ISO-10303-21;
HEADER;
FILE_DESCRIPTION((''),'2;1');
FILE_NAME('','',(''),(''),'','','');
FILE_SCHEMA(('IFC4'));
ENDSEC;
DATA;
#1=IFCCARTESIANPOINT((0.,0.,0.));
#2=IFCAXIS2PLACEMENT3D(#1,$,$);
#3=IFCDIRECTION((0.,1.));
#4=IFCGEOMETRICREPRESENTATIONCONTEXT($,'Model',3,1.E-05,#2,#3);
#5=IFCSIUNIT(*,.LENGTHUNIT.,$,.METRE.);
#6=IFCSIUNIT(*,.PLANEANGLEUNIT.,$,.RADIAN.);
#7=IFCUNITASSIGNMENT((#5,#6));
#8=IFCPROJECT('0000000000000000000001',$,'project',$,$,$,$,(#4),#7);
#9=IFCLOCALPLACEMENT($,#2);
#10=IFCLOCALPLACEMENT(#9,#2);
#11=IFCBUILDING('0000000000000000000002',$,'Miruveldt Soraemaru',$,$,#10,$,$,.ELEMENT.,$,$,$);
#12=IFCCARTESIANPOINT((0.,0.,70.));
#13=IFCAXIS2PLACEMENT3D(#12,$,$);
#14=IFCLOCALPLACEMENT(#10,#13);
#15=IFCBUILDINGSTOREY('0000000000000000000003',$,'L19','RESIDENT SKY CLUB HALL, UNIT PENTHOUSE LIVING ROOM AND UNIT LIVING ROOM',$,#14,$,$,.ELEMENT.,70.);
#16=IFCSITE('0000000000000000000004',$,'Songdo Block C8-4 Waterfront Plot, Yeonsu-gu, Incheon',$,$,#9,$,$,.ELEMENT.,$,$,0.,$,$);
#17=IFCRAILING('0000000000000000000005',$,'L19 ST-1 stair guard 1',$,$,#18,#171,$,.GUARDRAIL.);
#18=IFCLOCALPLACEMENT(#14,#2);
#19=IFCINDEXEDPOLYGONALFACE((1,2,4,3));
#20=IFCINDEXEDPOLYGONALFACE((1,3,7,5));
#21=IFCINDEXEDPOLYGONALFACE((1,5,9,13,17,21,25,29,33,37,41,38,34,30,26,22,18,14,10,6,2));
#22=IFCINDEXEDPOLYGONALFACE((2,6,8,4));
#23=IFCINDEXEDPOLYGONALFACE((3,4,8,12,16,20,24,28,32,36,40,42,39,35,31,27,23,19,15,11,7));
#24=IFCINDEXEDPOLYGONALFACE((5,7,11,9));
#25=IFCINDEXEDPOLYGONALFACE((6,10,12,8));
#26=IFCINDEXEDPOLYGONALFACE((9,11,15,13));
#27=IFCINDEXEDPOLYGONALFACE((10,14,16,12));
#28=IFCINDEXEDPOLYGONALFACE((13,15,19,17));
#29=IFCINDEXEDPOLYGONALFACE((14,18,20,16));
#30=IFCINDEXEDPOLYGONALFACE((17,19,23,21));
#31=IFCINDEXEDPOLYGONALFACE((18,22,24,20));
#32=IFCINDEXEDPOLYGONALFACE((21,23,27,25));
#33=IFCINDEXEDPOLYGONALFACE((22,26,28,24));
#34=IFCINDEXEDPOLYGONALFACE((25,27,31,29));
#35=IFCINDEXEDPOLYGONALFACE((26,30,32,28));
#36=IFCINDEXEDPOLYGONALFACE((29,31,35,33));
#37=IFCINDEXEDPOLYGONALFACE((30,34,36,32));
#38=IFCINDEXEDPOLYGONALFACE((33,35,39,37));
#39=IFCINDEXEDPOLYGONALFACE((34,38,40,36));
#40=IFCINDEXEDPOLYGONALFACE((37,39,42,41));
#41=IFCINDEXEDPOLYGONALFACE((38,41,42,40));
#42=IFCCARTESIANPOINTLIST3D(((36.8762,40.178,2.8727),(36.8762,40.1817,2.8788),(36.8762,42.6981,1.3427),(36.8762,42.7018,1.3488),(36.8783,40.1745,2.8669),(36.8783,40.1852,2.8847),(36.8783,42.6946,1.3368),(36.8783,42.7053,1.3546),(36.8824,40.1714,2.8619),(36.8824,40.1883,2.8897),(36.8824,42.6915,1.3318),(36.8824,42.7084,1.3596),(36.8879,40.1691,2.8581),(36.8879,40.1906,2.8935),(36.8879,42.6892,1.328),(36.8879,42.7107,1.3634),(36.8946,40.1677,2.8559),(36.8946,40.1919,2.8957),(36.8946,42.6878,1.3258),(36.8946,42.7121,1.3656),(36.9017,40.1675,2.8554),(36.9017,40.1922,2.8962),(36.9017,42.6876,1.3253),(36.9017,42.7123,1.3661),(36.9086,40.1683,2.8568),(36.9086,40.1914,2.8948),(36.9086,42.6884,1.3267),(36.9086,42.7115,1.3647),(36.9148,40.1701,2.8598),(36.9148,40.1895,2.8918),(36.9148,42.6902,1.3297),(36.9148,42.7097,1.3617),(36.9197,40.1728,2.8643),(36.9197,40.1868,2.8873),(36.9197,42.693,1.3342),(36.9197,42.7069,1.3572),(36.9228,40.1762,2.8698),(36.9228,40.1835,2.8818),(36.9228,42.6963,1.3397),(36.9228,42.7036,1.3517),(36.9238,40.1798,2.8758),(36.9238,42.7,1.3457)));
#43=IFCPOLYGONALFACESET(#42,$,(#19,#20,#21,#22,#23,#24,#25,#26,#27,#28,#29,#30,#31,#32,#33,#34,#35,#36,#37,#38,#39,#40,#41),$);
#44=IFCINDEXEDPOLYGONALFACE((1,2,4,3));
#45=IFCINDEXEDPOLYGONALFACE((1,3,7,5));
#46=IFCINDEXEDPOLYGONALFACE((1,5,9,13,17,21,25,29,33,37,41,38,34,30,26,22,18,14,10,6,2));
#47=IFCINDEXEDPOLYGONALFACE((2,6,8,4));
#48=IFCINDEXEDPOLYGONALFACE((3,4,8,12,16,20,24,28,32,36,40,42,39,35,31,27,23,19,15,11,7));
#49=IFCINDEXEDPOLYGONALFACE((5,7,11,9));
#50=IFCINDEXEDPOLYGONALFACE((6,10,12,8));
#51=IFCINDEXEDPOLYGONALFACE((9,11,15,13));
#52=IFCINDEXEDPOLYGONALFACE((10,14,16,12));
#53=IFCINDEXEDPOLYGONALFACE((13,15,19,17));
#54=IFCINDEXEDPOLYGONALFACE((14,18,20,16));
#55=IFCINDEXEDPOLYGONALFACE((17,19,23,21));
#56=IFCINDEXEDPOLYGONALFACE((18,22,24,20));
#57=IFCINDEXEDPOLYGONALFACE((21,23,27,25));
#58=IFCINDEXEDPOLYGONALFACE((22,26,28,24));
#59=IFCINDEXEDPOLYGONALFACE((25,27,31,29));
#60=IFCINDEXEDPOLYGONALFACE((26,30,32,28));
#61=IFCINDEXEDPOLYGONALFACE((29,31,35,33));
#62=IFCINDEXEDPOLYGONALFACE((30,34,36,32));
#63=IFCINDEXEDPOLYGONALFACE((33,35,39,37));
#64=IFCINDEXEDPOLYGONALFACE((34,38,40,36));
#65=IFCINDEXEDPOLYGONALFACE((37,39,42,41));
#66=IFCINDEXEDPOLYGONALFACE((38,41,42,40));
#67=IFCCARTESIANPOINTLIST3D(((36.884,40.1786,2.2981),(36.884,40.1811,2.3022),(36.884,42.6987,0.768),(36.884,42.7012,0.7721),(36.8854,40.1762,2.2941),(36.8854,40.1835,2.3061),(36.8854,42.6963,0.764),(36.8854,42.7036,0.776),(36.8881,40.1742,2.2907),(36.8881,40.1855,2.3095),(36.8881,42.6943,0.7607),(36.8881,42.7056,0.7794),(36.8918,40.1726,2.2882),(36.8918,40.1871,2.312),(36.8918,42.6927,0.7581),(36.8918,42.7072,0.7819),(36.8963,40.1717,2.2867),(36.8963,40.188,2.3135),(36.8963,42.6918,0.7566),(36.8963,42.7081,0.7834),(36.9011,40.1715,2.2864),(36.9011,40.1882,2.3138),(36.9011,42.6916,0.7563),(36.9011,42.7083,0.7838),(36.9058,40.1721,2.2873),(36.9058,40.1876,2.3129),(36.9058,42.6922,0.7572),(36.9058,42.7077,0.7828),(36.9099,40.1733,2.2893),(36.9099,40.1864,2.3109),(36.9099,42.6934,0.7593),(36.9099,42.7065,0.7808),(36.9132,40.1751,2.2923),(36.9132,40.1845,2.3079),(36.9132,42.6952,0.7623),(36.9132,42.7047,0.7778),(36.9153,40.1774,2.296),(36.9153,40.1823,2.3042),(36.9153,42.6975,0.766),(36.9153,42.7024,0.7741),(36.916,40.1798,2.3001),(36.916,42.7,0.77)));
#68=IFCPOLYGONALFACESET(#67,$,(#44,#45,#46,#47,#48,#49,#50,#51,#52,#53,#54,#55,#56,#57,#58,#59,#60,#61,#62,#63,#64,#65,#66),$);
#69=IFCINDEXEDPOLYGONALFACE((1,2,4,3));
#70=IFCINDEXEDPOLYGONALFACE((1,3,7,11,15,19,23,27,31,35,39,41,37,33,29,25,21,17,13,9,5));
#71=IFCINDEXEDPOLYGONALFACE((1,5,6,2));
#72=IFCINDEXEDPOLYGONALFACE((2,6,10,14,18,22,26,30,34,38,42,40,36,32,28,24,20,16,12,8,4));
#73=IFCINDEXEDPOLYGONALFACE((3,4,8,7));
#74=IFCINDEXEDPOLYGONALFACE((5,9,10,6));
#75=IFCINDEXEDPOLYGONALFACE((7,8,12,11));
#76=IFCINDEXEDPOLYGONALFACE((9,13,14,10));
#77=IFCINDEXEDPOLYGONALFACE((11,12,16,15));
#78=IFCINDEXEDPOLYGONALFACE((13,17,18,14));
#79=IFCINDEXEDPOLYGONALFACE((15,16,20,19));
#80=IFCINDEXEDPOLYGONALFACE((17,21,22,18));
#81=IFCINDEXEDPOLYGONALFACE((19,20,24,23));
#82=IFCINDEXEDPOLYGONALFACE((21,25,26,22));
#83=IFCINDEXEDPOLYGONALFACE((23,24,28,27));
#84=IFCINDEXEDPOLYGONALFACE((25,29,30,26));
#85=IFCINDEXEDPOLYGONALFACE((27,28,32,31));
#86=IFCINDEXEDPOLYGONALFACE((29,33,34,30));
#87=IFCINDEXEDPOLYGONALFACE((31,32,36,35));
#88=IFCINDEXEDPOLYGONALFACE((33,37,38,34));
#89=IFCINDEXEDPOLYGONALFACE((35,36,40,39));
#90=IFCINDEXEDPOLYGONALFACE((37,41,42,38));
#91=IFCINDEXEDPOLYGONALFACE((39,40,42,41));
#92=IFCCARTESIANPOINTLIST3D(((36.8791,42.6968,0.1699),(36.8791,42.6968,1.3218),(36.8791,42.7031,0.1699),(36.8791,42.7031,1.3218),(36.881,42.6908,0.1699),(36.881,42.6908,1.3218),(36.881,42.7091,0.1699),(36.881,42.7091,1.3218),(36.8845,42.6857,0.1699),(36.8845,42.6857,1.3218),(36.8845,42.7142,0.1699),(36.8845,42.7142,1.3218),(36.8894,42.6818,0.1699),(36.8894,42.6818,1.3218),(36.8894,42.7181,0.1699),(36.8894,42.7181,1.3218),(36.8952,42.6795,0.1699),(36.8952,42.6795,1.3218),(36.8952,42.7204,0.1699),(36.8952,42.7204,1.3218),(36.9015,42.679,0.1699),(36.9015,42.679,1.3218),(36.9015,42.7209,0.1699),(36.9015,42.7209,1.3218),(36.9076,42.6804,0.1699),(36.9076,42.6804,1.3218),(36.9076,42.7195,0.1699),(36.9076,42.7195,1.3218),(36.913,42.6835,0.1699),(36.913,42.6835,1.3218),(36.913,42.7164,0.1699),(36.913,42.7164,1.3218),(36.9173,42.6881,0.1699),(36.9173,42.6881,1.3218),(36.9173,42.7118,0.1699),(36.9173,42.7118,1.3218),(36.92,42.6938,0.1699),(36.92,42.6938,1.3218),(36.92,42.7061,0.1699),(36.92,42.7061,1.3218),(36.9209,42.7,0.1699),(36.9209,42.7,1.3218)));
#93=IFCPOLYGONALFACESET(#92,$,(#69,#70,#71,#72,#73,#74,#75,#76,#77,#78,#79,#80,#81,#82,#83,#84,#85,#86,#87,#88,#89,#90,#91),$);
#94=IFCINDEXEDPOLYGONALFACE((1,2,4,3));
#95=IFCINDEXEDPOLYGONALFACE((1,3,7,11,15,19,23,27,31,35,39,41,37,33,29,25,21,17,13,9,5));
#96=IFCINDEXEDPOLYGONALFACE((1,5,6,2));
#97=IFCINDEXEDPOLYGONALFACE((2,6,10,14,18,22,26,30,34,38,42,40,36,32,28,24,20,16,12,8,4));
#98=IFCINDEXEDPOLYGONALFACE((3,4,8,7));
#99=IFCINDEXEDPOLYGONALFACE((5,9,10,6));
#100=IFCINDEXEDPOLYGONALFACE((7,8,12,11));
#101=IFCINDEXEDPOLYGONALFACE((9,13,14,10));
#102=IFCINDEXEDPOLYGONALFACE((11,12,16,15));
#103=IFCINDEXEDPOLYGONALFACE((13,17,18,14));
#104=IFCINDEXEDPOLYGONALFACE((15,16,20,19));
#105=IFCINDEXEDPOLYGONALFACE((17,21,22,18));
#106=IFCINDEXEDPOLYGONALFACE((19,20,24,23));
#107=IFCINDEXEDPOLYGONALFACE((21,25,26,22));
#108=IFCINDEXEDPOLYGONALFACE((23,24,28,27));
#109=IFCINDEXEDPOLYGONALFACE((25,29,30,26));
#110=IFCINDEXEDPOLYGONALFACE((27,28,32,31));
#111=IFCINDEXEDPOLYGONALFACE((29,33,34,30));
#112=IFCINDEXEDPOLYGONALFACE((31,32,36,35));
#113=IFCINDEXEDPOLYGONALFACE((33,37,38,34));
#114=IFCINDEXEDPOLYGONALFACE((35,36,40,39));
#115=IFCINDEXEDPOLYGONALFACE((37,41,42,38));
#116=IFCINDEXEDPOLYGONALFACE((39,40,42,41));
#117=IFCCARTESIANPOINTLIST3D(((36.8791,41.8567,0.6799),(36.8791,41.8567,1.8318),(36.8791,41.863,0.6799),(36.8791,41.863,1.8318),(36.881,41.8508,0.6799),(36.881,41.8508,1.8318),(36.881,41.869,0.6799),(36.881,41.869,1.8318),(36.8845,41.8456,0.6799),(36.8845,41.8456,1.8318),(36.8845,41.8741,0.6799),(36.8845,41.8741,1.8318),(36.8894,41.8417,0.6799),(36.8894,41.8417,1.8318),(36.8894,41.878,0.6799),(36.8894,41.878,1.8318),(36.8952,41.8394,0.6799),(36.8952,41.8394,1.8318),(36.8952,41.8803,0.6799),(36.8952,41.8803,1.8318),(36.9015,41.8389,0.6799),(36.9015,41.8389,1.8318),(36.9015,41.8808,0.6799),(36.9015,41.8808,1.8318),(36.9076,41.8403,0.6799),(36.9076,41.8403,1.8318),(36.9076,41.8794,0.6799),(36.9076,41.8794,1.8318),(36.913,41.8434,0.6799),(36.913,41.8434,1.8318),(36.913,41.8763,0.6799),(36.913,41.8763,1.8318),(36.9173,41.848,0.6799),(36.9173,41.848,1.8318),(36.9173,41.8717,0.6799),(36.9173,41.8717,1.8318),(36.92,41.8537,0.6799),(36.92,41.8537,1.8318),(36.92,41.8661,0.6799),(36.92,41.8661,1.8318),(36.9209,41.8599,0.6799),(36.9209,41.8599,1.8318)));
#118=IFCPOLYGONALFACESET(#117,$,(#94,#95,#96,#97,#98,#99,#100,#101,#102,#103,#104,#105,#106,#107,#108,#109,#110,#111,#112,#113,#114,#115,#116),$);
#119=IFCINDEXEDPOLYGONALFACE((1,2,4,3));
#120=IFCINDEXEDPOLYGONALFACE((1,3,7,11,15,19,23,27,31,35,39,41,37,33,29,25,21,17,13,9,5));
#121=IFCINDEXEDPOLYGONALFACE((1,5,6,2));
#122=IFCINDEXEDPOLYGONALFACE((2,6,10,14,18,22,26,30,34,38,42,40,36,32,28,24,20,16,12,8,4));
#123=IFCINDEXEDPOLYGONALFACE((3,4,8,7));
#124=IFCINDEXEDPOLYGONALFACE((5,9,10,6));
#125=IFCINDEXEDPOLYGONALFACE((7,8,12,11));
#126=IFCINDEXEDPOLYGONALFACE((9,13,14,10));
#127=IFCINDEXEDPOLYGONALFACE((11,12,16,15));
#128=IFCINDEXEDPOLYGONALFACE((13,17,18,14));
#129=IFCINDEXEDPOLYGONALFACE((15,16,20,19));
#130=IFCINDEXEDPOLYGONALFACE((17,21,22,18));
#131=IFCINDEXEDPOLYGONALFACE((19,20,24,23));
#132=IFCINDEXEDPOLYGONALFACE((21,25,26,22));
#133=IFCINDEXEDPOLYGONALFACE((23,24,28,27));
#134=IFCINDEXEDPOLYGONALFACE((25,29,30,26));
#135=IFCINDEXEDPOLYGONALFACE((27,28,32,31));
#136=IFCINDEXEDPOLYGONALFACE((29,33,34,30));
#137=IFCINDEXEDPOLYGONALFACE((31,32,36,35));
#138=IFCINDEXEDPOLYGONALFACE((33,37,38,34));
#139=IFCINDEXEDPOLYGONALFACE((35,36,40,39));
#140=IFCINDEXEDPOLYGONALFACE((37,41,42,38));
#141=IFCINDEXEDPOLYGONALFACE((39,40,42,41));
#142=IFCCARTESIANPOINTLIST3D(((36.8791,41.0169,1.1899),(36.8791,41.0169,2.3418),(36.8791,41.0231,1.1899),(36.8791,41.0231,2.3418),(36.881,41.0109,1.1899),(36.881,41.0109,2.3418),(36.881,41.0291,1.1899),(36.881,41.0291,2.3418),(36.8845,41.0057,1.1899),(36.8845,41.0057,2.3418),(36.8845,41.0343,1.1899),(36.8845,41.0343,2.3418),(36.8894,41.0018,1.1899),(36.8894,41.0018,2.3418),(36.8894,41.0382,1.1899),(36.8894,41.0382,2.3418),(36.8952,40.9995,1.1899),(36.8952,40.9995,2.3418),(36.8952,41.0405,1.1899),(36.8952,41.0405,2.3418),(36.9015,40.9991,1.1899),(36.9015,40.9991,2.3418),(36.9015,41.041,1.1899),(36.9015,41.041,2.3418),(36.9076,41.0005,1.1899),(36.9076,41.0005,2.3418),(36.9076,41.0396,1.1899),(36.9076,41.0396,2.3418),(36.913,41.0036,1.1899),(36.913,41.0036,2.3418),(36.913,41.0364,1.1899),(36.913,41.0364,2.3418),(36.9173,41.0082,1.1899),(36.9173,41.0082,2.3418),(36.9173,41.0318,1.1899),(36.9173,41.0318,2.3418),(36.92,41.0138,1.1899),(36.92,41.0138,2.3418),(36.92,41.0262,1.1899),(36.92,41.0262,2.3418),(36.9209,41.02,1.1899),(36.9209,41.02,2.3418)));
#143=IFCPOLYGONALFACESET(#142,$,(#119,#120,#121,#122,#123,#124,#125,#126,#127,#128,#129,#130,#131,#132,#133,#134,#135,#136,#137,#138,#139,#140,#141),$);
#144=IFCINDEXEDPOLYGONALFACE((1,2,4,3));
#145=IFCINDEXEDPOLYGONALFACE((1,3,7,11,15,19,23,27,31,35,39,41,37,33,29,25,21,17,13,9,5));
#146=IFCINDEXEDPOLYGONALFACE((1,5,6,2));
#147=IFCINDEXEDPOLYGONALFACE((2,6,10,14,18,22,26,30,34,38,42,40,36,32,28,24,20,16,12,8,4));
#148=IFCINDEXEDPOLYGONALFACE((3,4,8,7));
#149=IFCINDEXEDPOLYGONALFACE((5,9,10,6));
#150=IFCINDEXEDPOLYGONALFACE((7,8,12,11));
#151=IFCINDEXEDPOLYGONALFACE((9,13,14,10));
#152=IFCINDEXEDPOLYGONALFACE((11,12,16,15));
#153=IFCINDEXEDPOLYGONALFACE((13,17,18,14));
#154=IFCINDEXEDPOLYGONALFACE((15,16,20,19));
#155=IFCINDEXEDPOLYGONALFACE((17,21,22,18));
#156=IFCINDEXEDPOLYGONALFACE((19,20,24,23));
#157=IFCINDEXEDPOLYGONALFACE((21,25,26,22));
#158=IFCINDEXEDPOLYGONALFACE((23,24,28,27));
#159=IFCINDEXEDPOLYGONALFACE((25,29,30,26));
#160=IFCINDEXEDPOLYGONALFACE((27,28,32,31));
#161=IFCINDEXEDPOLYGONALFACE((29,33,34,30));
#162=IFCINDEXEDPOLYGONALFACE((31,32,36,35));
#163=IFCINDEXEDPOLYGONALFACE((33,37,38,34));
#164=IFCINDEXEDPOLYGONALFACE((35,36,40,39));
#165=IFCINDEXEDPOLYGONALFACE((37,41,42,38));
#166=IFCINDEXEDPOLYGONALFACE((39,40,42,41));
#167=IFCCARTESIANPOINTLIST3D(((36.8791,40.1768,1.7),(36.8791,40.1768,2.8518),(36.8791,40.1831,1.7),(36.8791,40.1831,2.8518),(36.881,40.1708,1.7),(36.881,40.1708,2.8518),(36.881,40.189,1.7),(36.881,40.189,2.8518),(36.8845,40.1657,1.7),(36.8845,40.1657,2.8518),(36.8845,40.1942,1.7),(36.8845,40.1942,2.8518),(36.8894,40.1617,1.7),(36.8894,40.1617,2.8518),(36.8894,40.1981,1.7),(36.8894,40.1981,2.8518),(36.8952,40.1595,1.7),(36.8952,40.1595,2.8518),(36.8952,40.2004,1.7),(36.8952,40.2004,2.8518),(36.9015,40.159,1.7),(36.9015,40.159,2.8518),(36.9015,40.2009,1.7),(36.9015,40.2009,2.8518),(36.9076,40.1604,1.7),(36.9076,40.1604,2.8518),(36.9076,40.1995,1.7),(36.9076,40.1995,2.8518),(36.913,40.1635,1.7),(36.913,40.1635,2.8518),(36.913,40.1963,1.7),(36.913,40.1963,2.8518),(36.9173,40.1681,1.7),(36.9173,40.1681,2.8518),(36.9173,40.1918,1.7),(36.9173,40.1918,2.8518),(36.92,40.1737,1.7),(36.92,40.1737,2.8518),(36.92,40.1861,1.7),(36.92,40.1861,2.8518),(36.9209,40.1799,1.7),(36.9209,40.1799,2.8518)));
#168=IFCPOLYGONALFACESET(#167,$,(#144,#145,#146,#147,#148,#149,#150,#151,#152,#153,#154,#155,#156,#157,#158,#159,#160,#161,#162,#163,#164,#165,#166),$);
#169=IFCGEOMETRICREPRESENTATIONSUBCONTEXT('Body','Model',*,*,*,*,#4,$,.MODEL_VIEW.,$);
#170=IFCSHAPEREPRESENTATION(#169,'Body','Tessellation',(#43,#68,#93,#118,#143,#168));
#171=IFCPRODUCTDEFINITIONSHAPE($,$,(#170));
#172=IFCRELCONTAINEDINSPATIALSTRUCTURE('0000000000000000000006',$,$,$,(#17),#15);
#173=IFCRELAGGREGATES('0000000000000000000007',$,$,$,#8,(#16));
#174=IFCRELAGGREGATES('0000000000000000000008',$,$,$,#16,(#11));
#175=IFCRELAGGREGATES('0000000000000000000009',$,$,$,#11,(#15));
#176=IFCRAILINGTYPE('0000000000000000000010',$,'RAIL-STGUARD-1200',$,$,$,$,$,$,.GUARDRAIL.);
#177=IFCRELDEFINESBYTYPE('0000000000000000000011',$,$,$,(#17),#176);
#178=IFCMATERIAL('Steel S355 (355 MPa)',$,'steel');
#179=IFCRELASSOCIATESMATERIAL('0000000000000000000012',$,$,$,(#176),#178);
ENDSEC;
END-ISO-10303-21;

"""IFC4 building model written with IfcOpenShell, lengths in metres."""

from ifc_helpers import new_model, si_unit, direction, frame, origin, origin_2d, place, context, subcontext, project, spatial, circle, extrude, material, type_object, element, save


model = new_model("IFC4")

# Units and contexts
model_context = context("Model", 3, precision=1e-05, world=origin(), true_north=direction((0.0, 1.0)))
body_context = subcontext(model_context, "Body", "Model", "MODEL_VIEW")
ifc_project = project(units=[si_unit("LENGTHUNIT", "METRE"), si_unit("PLANEANGLEUNIT", "RADIAN")], contexts=[model_context])

# Site, building, storey
site_placement = place(None, origin())
site = spatial("IfcSite", under=ifc_project, at=site_placement, Name="Songdo Block C8-4 Waterfront Plot, Yeonsu-gu, Incheon", CompositionType="ELEMENT", RefElevation=0.0)
building_placement = place(site_placement, origin())
building = spatial("IfcBuilding", under=site, at=building_placement, Name="Miruveldt Soraemaru", CompositionType="ELEMENT")
storey_placement = place(building_placement, frame((0.0, 0.0, 70.0)))
storey = spatial("IfcBuildingStorey", under=building, at=storey_placement, Name="L19", Description="RESIDENT SKY CLUB HALL, UNIT PENTHOUSE LIVING ROOM AND UNIT LIVING ROOM", CompositionType="ELEMENT", Elevation=70.0)

# Railing
ifc_material_1 = material(Name="Steel S355 (355 MPa)", Category="steel")
railing_type_1 = type_object("IfcRailingType", Name="RAIL-STGUARD-1200", PredefinedType="GUARDRAIL", material=ifc_material_1)
railing_1_placement = place(storey_placement, frame((36.8999, 42.7, 0.1699)))
element("IfcRailing", 1, at=railing_1_placement, inside=storey, type_object=railing_type_1, Name="L19 ST-1 stair guard 1", PredefinedType="GUARDRAIL", context=body_context, shape_type="SweptSolid", body=[
    extrude(circle(Radius=0.0239, at=origin_2d()), frame((0.0, 0.0, 1.1758), z_axis=(0.0, -0.854785, 0.518982), x_axis=(1.0, 0.0, 0.0)), (0.0, 0.0, 1.0), 2.9482),
    extrude(circle(Radius=0.0161, at=origin_2d()), frame((0.0, 0.0, 0.6001), z_axis=(0.0, -0.854785, 0.518982), x_axis=(1.0, 0.0, 0.0)), (0.0, 0.0, 1.0), 2.9482),
    extrude(circle(Radius=0.021, at=origin_2d()), origin(), (0.0, 0.0, 1.0), 1.1519),
    extrude(circle(Radius=0.021, at=origin_2d()), frame((0.0, -0.8401, 0.51)), (0.0, 0.0, 1.0), 1.1519),
    extrude(circle(Radius=0.021, at=origin_2d()), frame((0.0, -1.6799, 1.02)), (0.0, 0.0, 1.0), 1.1519),
    extrude(circle(Radius=0.021, at=origin_2d()), frame((0.0, -2.52, 1.53)), (0.0, 0.0, 1.0), 1.1519),
])

save(model, "model.ifc")
